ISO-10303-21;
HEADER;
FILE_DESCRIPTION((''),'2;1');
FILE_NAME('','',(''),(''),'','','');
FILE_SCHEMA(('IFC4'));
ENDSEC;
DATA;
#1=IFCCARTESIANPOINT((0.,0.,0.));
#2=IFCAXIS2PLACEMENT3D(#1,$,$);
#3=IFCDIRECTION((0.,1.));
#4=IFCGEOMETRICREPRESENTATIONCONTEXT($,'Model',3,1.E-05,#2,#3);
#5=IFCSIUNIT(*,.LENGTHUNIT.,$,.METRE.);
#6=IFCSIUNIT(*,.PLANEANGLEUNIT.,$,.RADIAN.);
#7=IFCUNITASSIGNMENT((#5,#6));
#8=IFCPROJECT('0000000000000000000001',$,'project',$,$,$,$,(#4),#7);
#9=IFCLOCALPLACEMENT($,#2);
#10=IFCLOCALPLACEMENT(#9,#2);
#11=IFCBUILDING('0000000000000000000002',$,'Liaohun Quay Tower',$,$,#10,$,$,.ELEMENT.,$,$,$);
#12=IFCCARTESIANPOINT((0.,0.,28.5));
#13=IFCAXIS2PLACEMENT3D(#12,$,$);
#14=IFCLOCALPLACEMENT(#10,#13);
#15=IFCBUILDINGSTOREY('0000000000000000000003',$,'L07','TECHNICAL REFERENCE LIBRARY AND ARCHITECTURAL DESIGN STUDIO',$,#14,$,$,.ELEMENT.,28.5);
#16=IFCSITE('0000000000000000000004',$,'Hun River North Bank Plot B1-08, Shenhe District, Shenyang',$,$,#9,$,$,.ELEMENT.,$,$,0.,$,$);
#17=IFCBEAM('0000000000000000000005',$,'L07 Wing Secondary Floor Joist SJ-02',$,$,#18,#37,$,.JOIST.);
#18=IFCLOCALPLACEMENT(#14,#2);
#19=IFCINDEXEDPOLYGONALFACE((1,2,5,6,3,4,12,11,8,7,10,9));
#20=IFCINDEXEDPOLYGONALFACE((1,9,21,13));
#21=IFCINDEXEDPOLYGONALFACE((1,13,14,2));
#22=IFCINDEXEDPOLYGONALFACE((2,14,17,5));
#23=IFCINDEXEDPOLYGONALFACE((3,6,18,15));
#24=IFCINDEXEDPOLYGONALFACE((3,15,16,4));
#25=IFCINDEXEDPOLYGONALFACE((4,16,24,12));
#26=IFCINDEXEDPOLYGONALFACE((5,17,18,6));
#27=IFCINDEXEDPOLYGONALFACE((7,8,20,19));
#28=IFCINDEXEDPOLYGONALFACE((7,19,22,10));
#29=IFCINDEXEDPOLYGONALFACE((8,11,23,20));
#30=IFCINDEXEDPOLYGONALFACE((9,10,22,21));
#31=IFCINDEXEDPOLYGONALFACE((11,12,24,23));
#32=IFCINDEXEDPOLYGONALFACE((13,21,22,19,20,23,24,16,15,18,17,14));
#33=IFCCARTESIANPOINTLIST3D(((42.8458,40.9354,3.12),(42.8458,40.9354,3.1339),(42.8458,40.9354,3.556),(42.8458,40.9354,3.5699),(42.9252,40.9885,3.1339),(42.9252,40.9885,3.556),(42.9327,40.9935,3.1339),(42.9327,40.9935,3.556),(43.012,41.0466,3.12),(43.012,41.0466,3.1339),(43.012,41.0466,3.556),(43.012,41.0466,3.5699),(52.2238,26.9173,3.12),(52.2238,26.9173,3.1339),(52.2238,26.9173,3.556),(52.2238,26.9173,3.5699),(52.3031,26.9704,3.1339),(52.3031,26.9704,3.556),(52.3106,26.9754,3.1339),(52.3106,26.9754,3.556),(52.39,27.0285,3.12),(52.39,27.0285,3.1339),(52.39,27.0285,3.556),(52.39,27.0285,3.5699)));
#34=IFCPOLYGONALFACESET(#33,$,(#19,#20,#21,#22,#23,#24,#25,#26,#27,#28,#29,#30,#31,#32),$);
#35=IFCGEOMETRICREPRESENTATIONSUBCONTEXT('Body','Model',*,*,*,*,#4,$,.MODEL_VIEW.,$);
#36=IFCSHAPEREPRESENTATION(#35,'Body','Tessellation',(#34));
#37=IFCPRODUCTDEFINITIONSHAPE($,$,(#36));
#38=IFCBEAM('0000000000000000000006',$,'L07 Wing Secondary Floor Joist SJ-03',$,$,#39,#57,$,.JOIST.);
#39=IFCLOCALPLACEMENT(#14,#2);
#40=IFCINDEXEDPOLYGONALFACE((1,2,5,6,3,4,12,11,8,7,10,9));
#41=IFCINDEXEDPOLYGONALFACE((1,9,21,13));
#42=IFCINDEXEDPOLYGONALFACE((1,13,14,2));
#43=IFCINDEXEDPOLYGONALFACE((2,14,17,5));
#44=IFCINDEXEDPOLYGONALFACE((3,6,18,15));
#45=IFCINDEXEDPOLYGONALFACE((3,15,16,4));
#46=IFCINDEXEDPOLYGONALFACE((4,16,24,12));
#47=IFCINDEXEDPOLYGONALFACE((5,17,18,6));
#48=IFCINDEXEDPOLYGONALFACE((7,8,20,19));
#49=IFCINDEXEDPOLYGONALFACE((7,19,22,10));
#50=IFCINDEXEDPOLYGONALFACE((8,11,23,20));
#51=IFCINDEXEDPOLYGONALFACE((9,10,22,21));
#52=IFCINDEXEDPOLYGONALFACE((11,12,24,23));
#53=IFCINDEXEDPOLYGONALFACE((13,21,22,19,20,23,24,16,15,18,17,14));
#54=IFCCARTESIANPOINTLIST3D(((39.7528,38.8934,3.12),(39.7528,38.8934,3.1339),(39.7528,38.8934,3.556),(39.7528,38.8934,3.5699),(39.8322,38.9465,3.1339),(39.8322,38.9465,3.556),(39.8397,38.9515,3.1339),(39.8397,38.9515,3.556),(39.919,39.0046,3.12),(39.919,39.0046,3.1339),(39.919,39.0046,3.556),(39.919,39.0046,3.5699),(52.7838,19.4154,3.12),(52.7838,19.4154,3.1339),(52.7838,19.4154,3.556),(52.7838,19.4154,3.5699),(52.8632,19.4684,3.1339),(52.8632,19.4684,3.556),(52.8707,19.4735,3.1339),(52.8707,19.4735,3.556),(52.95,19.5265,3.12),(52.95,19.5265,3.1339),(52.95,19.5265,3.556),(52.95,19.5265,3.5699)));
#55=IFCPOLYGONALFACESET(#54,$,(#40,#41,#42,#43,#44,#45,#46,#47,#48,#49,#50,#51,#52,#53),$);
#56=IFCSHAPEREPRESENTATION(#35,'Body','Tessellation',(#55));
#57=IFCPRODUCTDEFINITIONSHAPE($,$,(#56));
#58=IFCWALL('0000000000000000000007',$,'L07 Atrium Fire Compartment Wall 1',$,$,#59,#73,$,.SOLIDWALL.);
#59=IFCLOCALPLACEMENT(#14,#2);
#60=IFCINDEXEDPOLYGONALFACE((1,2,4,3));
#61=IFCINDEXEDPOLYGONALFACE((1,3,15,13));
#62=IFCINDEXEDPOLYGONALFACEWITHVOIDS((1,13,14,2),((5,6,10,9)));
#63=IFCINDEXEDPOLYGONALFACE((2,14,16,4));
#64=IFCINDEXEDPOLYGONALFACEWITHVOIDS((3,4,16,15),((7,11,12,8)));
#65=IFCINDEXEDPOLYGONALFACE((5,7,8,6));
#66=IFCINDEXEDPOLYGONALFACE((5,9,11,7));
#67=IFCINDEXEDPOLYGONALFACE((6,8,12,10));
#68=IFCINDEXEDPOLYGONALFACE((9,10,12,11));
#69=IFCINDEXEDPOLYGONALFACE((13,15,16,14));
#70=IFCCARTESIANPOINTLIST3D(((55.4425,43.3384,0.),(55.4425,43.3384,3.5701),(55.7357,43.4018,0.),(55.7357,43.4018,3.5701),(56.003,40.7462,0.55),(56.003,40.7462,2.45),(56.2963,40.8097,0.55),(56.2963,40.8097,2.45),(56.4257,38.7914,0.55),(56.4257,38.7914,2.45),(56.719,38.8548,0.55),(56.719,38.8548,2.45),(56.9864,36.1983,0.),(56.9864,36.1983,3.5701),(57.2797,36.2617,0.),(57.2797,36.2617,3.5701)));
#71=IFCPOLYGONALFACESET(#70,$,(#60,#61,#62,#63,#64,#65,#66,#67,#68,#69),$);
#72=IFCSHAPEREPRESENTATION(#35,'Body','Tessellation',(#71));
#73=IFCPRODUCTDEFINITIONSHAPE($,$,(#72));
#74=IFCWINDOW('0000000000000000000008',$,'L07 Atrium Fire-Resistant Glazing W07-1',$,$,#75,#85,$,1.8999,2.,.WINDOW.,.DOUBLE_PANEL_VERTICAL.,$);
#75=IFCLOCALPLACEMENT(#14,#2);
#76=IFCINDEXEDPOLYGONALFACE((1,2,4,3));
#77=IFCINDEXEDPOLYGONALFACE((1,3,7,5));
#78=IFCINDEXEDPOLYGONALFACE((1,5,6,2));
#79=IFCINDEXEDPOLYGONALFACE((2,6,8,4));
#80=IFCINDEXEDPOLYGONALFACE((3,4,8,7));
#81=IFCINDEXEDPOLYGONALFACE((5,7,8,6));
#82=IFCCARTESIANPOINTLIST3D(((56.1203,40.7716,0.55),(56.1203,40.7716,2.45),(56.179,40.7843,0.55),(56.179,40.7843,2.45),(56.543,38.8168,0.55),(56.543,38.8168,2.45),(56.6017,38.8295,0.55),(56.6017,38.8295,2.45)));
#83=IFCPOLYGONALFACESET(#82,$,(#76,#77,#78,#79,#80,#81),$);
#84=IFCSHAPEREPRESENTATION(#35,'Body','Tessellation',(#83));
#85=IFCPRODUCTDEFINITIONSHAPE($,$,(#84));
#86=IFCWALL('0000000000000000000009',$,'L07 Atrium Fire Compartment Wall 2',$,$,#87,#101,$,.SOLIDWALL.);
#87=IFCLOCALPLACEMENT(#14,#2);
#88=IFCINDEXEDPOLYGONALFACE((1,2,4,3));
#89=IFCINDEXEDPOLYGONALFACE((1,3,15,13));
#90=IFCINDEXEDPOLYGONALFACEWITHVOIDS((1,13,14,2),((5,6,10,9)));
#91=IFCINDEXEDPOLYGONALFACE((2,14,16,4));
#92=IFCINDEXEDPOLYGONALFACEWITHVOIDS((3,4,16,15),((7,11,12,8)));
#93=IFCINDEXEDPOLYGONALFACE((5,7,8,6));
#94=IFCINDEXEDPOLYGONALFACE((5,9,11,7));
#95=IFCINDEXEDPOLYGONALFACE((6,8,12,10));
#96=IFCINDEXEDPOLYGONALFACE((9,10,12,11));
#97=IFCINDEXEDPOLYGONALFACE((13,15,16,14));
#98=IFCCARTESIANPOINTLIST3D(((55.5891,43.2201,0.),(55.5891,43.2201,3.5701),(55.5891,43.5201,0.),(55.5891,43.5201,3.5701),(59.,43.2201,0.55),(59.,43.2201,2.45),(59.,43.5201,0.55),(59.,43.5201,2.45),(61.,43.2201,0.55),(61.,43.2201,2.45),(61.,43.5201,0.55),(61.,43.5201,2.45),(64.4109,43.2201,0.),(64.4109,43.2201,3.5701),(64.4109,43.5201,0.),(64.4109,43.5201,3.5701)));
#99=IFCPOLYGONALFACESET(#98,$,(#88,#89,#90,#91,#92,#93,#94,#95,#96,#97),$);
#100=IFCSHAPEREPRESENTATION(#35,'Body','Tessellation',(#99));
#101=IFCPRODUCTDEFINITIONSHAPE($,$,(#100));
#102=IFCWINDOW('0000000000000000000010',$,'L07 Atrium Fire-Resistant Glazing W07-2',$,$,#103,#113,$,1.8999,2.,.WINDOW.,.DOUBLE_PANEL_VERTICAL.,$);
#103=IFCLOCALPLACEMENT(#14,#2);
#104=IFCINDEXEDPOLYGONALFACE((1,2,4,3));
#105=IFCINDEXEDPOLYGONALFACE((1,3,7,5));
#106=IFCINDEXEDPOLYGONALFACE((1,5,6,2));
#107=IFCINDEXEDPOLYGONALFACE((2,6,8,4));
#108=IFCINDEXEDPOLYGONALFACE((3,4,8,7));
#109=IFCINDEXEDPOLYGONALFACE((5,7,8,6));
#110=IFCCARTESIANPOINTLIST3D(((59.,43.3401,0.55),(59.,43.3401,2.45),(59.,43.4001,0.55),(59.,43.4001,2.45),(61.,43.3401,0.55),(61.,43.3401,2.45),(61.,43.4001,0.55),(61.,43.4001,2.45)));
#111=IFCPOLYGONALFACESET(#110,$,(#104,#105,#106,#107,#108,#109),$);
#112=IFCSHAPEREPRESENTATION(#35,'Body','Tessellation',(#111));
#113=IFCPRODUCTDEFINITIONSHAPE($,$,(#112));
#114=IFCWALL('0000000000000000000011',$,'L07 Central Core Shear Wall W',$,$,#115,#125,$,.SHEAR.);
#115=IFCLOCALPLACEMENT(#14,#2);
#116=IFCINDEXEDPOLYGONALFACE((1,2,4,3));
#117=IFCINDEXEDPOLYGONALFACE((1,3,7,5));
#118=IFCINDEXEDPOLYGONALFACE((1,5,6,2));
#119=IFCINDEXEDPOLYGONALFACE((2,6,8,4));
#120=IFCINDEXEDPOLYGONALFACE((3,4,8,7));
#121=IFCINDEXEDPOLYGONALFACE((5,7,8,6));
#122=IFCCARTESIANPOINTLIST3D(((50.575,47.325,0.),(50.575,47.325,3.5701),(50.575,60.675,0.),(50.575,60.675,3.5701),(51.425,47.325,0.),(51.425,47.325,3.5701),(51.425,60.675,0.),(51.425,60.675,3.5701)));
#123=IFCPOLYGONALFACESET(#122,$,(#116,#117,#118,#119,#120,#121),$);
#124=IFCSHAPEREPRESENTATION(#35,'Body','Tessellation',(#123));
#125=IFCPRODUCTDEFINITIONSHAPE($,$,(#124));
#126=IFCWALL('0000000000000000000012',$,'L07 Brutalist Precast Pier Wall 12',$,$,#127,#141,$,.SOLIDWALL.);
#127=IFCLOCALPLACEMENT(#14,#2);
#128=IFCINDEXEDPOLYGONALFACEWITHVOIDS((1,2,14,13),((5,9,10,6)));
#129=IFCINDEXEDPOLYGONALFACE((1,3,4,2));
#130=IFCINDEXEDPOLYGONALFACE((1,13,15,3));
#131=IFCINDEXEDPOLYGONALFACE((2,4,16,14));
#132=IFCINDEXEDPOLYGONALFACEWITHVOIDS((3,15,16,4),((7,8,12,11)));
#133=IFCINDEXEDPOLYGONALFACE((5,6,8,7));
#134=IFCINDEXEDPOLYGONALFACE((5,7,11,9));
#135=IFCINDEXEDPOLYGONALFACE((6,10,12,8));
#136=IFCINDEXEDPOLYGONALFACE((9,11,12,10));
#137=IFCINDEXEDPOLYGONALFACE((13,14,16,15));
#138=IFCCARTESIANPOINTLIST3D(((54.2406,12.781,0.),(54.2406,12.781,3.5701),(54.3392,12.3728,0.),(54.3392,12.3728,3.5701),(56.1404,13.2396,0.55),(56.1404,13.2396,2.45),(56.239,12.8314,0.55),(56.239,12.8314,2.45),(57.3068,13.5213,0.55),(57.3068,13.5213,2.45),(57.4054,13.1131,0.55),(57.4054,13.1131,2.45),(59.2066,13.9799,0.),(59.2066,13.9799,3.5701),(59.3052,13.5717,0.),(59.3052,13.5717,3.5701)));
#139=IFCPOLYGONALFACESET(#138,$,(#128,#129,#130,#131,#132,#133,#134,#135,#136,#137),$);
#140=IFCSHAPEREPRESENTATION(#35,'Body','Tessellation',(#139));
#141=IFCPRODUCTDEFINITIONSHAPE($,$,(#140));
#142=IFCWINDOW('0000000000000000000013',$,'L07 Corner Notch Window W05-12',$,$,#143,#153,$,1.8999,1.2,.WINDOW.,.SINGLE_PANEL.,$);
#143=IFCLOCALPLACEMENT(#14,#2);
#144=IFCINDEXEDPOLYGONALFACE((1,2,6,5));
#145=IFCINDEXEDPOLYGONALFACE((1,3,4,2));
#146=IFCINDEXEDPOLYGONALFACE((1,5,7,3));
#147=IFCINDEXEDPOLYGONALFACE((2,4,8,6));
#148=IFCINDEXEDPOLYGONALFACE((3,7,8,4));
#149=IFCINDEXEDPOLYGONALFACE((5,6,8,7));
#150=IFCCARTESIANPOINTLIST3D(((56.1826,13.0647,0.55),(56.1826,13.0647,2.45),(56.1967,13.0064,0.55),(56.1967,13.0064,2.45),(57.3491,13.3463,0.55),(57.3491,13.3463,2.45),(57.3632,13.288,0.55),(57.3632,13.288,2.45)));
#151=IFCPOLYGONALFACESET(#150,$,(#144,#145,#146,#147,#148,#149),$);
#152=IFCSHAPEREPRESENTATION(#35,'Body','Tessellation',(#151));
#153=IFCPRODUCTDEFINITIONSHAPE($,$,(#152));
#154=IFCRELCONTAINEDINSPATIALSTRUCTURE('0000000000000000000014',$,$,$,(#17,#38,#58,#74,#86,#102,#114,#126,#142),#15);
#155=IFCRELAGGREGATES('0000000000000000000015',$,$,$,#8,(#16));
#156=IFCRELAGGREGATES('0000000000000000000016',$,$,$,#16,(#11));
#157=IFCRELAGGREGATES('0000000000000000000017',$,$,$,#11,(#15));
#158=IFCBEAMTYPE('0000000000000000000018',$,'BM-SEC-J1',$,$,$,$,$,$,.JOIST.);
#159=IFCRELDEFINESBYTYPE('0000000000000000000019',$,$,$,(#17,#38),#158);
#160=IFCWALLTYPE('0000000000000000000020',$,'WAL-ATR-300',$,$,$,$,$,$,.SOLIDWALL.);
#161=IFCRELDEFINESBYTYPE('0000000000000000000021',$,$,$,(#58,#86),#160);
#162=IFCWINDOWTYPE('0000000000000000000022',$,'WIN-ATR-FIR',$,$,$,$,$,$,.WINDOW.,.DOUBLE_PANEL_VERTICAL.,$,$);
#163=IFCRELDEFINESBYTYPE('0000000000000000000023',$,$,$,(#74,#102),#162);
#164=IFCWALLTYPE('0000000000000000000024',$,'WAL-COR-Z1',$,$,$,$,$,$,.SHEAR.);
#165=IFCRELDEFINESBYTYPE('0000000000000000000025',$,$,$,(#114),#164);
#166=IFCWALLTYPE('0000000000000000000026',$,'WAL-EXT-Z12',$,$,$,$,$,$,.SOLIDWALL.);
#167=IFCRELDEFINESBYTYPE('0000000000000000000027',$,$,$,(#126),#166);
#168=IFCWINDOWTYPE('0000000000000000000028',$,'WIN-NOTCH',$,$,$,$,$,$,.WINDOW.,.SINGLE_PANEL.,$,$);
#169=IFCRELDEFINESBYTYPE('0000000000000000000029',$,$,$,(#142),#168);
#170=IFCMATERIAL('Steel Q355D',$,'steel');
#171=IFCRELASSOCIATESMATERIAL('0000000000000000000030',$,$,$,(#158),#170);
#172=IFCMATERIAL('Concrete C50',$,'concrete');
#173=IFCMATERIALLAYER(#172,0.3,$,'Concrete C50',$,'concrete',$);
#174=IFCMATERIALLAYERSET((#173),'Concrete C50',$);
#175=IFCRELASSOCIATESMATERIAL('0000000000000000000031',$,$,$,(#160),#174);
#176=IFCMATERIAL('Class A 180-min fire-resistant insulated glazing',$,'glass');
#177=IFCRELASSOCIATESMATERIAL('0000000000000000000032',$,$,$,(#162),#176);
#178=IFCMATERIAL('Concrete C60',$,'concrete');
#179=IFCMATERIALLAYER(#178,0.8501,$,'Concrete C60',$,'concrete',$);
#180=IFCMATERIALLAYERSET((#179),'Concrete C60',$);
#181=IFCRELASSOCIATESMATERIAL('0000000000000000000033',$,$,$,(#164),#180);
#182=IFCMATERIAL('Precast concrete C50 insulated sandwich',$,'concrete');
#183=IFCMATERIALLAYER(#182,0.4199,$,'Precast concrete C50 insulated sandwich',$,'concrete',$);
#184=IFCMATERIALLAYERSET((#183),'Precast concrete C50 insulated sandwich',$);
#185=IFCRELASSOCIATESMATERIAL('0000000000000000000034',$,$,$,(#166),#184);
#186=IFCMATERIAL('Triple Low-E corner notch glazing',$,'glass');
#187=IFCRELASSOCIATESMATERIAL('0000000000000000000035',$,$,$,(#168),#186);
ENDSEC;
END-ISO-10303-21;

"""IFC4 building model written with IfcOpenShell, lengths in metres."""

from ifc_helpers import new_model, si_unit, direction, frame, frame_2d, origin, origin_2d, place, context, subcontext, project, spatial, rectangle, i_section, extrude, source, transform, mapped, material, layer, layer_set, material_profile, profile_set, type_object, element, fill, save


model = new_model("IFC4")

# Units and contexts
model_context = context("Model", 3, precision=1e-05, world=origin(), true_north=direction((0.0, 1.0)))
body_context = subcontext(model_context, "Body", "Model", "MODEL_VIEW")
ifc_project = project(units=[si_unit("LENGTHUNIT", "METRE"), si_unit("PLANEANGLEUNIT", "RADIAN")], contexts=[model_context])

# Site, building, storey
site_placement = place(None, origin())
site = spatial("IfcSite", under=ifc_project, at=site_placement, Name="Hun River North Bank Plot B1-08, Shenhe District, Shenyang", CompositionType="ELEMENT", RefElevation=0.0)
building_placement = place(site_placement, origin())
building = spatial("IfcBuilding", under=site, at=building_placement, Name="Liaohun Quay Tower", CompositionType="ELEMENT")
storey_placement = place(building_placement, frame((0.0, 0.0, 28.5)))
storey = spatial("IfcBuildingStorey", under=building, at=storey_placement, Name="L07", Description="TECHNICAL REFERENCE LIBRARY AND ARCHITECTURAL DESIGN STUDIO", CompositionType="ELEMENT", Elevation=28.5)

# Shared definitions
ifc_material_1 = material(Name="Concrete C60", Category="concrete")

# Beams
ifc_material_2 = material(Name="Steel Q355D", Category="steel")
ifc_material_profile_1 = material_profile(ifc_material_2, i_section(OverallWidth=0.2, OverallDepth=0.45, WebThickness=0.009, FlangeThickness=0.0139, at=origin_2d()), Name="HN450x200x9x14")
ifc_profile_set_1 = profile_set([ifc_material_profile_1], Name="Steel Q355D")
beam_type_1 = type_object("IfcBeamType", Name="BM-SEC-J1", PredefinedType="JOIST", material=ifc_profile_set_1)
shared_shape_1 = source(origin(), body_context, "Body", "SweptSolid", [
    extrude(i_section(OverallWidth=0.2, OverallDepth=0.45, WebThickness=0.009, FlangeThickness=0.0139, at=origin_2d()), origin(), (0.0, 0.0, 1.0), 16.8657),
])
beam_1_placement = place(storey_placement, frame((52.3069, 26.9729, 3.345), z_axis=(-0.556036, 0.831158, 0.0), x_axis=(-0.831158, -0.556036, 0.0)))
element("IfcBeam", 1, at=beam_1_placement, inside=storey, type_object=beam_type_1, Name="L07 Wing Secondary Floor Joist SJ-02", PredefinedType="JOIST", context=body_context, shape_type="MappedRepresentation", body=[
    mapped(shared_shape_1, transform((0.0, 0.0, 0.0), x_axis=(1.0, 0.0, 0.0), y_axis=(0.0, 1.0, 0.0), z_axis=(0.0, 0.0, 1.0), scale=1.0)),
])
shared_shape_2 = source(origin(), body_context, "Body", "SweptSolid", [
    extrude(i_section(OverallWidth=0.2, OverallDepth=0.45, WebThickness=0.009, FlangeThickness=0.0139, at=origin_2d()), origin(), (0.0, 0.0, 1.0), 23.4351),
])
beam_2_placement = place(storey_placement, frame((52.8669, 19.4709, 3.345), z_axis=(-0.556048, 0.83115, 0.0), x_axis=(-0.83115, -0.556048, 0.0)))
element("IfcBeam", 2, at=beam_2_placement, inside=storey, type_object=beam_type_1, Name="L07 Wing Secondary Floor Joist SJ-03", PredefinedType="JOIST", context=body_context, shape_type="MappedRepresentation", body=[
    mapped(shared_shape_2, transform((0.0, 0.0, 0.0), x_axis=(1.0, 0.0, 0.0), y_axis=(0.0, 1.0, 0.0), z_axis=(0.0, 0.0, 1.0), scale=1.0)),
])

# Walls, openings, windows
ifc_material_3 = material(Name="Concrete C50", Category="concrete")
ifc_layer_1 = layer(ifc_material_3, 0.3, Name="Concrete C50", Category="concrete")
ifc_layer_set_1 = layer_set([ifc_layer_1], Name="Concrete C50")
wall_type_1 = type_object("IfcWallType", Name="WAL-ATR-300", PredefinedType="SOLIDWALL", material=ifc_layer_set_1)
wall_1_placement = place(storey_placement, frame((57.1331, 36.23, 0.0), z_axis=(0.0, 0.0, 1.0), x_axis=(-0.21135, 0.97741, 0.0)))
wall_1 = element("IfcWall", 3, at=wall_1_placement, inside=storey, type_object=wall_type_1, Name="L07 Atrium Fire Compartment Wall 1", PredefinedType="SOLIDWALL", context=body_context, shape_type="SweptSolid", body=[
    extrude(rectangle(XDim=7.3052, YDim=0.3, at=frame_2d((3.6526, 0.0))), origin(), (0.0, 0.0, 1.0), 3.5701),
])
shared_shape_3 = source(origin(), body_context, "Body", "SweptSolid", [
    extrude(rectangle(XDim=2.0, YDim=1.8999, at=frame_2d((1.0, 0.95))), frame((0.0, 0.1599, 0.0), z_axis=(0.0, -1.0, 0.0), x_axis=(1.0, 0.0, 0.0)), (0.0, 0.0, 1.0), 0.3201),
])
opening_1_placement = place(wall_1_placement, frame((2.6531, 0.0, 0.55)))
opening_1 = element("IfcOpeningElement", 4, at=opening_1_placement, cuts=wall_1, PredefinedType="OPENING", context=body_context, shape_type="MappedRepresentation", body=[
    mapped(shared_shape_3, transform((0.0, 0.0, 0.0), x_axis=(1.0, 0.0, 0.0), y_axis=(0.0, 1.0, 0.0), z_axis=(0.0, 0.0, 1.0), scale=1.0)),
])
ifc_material_4 = material(Name="Class A 180-min fire-resistant insulated glazing", Category="glass")
window_type_1 = type_object("IfcWindowType", Name="WIN-ATR-FIR", PartitioningType="DOUBLE_PANEL_VERTICAL", PredefinedType="WINDOW", material=ifc_material_4)
shared_shape_4 = source(origin(), body_context, "Body", "SweptSolid", [
    extrude(rectangle(XDim=2.0, YDim=1.8999, at=frame_2d((1.0, 0.95))), frame((0.0, 0.03, 0.0), z_axis=(0.0, -1.0, 0.0), x_axis=(1.0, 0.0, 0.0)), (0.0, 0.0, 1.0), 0.0601),
])
window_1_placement = place(opening_1_placement, origin())
window_1 = element("IfcWindow", 5, at=window_1_placement, inside=storey, type_object=window_type_1, Name="L07 Atrium Fire-Resistant Glazing W07-1", OverallHeight=1.8999, OverallWidth=2.0, PartitioningType="DOUBLE_PANEL_VERTICAL", PredefinedType="WINDOW", context=body_context, shape_type="MappedRepresentation", body=[
    mapped(shared_shape_4, transform((0.0, 0.0, 0.0), x_axis=(1.0, 0.0, 0.0), y_axis=(0.0, 1.0, 0.0), z_axis=(0.0, 0.0, 1.0), scale=1.0)),
])
fill(opening_1, window_1)
wall_2_placement = place(storey_placement, frame((55.5891, 43.3701, 0.0), z_axis=(0.0, 0.0, 1.0), x_axis=(1.0, 0.0, 0.0)))
wall_2 = element("IfcWall", 6, at=wall_2_placement, inside=storey, type_object=wall_type_1, Name="L07 Atrium Fire Compartment Wall 2", PredefinedType="SOLIDWALL", context=body_context, shape_type="SweptSolid", body=[
    extrude(rectangle(XDim=8.8218, YDim=0.3, at=frame_2d((4.4109, 0.0))), origin(), (0.0, 0.0, 1.0), 3.5701),
])
opening_2_placement = place(wall_2_placement, frame((3.4109, 0.0, 0.55)))
opening_2 = element("IfcOpeningElement", 7, at=opening_2_placement, cuts=wall_2, PredefinedType="OPENING", context=body_context, shape_type="MappedRepresentation", body=[
    mapped(shared_shape_3, transform((0.0, 0.0, 0.0), x_axis=(1.0, 0.0, 0.0), y_axis=(0.0, 1.0, 0.0), z_axis=(0.0, 0.0, 1.0), scale=1.0)),
])
window_2_placement = place(opening_2_placement, origin())
window_2 = element("IfcWindow", 8, at=window_2_placement, inside=storey, type_object=window_type_1, Name="L07 Atrium Fire-Resistant Glazing W07-2", OverallHeight=1.8999, OverallWidth=2.0, PartitioningType="DOUBLE_PANEL_VERTICAL", PredefinedType="WINDOW", context=body_context, shape_type="MappedRepresentation", body=[
    mapped(shared_shape_4, transform((0.0, 0.0, 0.0), x_axis=(1.0, 0.0, 0.0), y_axis=(0.0, 1.0, 0.0), z_axis=(0.0, 0.0, 1.0), scale=1.0)),
])
fill(opening_2, window_2)

# Wall
ifc_layer_2 = layer(ifc_material_1, 0.8501, Name="Concrete C60", Category="concrete")
ifc_layer_set_2 = layer_set([ifc_layer_2], Name="Concrete C60")
wall_type_2 = type_object("IfcWallType", Name="WAL-COR-Z1", PredefinedType="SHEAR", material=ifc_layer_set_2)
wall_3_placement = place(storey_placement, frame((51.0, 47.325, 0.0), z_axis=(0.0, 0.0, 1.0), x_axis=(0.0, 1.0, 0.0)))
element("IfcWall", 9, at=wall_3_placement, inside=storey, type_object=wall_type_2, Name="L07 Central Core Shear Wall W", PredefinedType="SHEAR", context=body_context, shape_type="SweptSolid", body=[
    extrude(rectangle(XDim=13.3501, YDim=0.8501, at=frame_2d((6.675, 0.0))), origin(), (0.0, 0.0, 1.0), 3.5701),
])

# Wall, opening, window
ifc_material_5 = material(Name="Precast concrete C50 insulated sandwich", Category="concrete")
ifc_layer_3 = layer(ifc_material_5, 0.4199, Name="Precast concrete C50 insulated sandwich", Category="concrete")
ifc_layer_set_3 = layer_set([ifc_layer_3], Name="Precast concrete C50 insulated sandwich")
wall_type_3 = type_object("IfcWallType", Name="WAL-EXT-Z12", PredefinedType="SOLIDWALL", material=ifc_layer_set_3)
wall_4_placement = place(storey_placement, frame((54.29, 12.5769, 0.0), z_axis=(0.0, 0.0, 1.0), x_axis=(0.97207, 0.23469, 0.0)))
wall_4 = element("IfcWall", 10, at=wall_4_placement, inside=storey, type_object=wall_type_3, Name="L07 Brutalist Precast Pier Wall 12", PredefinedType="SOLIDWALL", context=body_context, shape_type="SweptSolid", body=[
    extrude(rectangle(XDim=5.1086, YDim=0.4199, at=frame_2d((2.5542, 0.0))), origin(), (0.0, 0.0, 1.0), 3.5701),
])
shared_shape_5 = source(origin(), body_context, "Body", "SweptSolid", [
    extrude(rectangle(XDim=1.2, YDim=1.8999, at=frame_2d((0.6001, 0.95))), frame((0.0, 0.22, 0.0), z_axis=(0.0, -1.0, 0.0), x_axis=(1.0, 0.0, 0.0)), (0.0, 0.0, 1.0), 0.4399),
])
opening_3_placement = place(wall_4_placement, frame((1.9541, 0.0, 0.55)))
opening_3 = element("IfcOpeningElement", 11, at=opening_3_placement, cuts=wall_4, PredefinedType="OPENING", context=body_context, shape_type="MappedRepresentation", body=[
    mapped(shared_shape_5, transform((0.0, 0.0, 0.0), x_axis=(1.0, 0.0, 0.0), y_axis=(0.0, 1.0, 0.0), z_axis=(0.0, 0.0, 1.0), scale=1.0)),
])
ifc_material_6 = material(Name="Triple Low-E corner notch glazing", Category="glass")
window_type_2 = type_object("IfcWindowType", Name="WIN-NOTCH", PartitioningType="SINGLE_PANEL", PredefinedType="WINDOW", material=ifc_material_6)
shared_shape_6 = source(origin(), body_context, "Body", "SweptSolid", [
    extrude(rectangle(XDim=1.2, YDim=1.8999, at=frame_2d((0.6001, 0.95))), frame((0.0, 0.03, 0.0), z_axis=(0.0, -1.0, 0.0), x_axis=(1.0, 0.0, 0.0)), (0.0, 0.0, 1.0), 0.0601),
])
window_3_placement = place(opening_3_placement, origin())
window_3 = element("IfcWindow", 12, at=window_3_placement, inside=storey, type_object=window_type_2, Name="L07 Corner Notch Window W05-12", OverallHeight=1.8999, OverallWidth=1.2, PartitioningType="SINGLE_PANEL", PredefinedType="WINDOW", context=body_context, shape_type="MappedRepresentation", body=[
    mapped(shared_shape_6, transform((0.0, 0.0, 0.0), x_axis=(1.0, 0.0, 0.0), y_axis=(0.0, 1.0, 0.0), z_axis=(0.0, 0.0, 1.0), scale=1.0)),
])
fill(opening_3, window_3)

save(model, "model.ifc")
